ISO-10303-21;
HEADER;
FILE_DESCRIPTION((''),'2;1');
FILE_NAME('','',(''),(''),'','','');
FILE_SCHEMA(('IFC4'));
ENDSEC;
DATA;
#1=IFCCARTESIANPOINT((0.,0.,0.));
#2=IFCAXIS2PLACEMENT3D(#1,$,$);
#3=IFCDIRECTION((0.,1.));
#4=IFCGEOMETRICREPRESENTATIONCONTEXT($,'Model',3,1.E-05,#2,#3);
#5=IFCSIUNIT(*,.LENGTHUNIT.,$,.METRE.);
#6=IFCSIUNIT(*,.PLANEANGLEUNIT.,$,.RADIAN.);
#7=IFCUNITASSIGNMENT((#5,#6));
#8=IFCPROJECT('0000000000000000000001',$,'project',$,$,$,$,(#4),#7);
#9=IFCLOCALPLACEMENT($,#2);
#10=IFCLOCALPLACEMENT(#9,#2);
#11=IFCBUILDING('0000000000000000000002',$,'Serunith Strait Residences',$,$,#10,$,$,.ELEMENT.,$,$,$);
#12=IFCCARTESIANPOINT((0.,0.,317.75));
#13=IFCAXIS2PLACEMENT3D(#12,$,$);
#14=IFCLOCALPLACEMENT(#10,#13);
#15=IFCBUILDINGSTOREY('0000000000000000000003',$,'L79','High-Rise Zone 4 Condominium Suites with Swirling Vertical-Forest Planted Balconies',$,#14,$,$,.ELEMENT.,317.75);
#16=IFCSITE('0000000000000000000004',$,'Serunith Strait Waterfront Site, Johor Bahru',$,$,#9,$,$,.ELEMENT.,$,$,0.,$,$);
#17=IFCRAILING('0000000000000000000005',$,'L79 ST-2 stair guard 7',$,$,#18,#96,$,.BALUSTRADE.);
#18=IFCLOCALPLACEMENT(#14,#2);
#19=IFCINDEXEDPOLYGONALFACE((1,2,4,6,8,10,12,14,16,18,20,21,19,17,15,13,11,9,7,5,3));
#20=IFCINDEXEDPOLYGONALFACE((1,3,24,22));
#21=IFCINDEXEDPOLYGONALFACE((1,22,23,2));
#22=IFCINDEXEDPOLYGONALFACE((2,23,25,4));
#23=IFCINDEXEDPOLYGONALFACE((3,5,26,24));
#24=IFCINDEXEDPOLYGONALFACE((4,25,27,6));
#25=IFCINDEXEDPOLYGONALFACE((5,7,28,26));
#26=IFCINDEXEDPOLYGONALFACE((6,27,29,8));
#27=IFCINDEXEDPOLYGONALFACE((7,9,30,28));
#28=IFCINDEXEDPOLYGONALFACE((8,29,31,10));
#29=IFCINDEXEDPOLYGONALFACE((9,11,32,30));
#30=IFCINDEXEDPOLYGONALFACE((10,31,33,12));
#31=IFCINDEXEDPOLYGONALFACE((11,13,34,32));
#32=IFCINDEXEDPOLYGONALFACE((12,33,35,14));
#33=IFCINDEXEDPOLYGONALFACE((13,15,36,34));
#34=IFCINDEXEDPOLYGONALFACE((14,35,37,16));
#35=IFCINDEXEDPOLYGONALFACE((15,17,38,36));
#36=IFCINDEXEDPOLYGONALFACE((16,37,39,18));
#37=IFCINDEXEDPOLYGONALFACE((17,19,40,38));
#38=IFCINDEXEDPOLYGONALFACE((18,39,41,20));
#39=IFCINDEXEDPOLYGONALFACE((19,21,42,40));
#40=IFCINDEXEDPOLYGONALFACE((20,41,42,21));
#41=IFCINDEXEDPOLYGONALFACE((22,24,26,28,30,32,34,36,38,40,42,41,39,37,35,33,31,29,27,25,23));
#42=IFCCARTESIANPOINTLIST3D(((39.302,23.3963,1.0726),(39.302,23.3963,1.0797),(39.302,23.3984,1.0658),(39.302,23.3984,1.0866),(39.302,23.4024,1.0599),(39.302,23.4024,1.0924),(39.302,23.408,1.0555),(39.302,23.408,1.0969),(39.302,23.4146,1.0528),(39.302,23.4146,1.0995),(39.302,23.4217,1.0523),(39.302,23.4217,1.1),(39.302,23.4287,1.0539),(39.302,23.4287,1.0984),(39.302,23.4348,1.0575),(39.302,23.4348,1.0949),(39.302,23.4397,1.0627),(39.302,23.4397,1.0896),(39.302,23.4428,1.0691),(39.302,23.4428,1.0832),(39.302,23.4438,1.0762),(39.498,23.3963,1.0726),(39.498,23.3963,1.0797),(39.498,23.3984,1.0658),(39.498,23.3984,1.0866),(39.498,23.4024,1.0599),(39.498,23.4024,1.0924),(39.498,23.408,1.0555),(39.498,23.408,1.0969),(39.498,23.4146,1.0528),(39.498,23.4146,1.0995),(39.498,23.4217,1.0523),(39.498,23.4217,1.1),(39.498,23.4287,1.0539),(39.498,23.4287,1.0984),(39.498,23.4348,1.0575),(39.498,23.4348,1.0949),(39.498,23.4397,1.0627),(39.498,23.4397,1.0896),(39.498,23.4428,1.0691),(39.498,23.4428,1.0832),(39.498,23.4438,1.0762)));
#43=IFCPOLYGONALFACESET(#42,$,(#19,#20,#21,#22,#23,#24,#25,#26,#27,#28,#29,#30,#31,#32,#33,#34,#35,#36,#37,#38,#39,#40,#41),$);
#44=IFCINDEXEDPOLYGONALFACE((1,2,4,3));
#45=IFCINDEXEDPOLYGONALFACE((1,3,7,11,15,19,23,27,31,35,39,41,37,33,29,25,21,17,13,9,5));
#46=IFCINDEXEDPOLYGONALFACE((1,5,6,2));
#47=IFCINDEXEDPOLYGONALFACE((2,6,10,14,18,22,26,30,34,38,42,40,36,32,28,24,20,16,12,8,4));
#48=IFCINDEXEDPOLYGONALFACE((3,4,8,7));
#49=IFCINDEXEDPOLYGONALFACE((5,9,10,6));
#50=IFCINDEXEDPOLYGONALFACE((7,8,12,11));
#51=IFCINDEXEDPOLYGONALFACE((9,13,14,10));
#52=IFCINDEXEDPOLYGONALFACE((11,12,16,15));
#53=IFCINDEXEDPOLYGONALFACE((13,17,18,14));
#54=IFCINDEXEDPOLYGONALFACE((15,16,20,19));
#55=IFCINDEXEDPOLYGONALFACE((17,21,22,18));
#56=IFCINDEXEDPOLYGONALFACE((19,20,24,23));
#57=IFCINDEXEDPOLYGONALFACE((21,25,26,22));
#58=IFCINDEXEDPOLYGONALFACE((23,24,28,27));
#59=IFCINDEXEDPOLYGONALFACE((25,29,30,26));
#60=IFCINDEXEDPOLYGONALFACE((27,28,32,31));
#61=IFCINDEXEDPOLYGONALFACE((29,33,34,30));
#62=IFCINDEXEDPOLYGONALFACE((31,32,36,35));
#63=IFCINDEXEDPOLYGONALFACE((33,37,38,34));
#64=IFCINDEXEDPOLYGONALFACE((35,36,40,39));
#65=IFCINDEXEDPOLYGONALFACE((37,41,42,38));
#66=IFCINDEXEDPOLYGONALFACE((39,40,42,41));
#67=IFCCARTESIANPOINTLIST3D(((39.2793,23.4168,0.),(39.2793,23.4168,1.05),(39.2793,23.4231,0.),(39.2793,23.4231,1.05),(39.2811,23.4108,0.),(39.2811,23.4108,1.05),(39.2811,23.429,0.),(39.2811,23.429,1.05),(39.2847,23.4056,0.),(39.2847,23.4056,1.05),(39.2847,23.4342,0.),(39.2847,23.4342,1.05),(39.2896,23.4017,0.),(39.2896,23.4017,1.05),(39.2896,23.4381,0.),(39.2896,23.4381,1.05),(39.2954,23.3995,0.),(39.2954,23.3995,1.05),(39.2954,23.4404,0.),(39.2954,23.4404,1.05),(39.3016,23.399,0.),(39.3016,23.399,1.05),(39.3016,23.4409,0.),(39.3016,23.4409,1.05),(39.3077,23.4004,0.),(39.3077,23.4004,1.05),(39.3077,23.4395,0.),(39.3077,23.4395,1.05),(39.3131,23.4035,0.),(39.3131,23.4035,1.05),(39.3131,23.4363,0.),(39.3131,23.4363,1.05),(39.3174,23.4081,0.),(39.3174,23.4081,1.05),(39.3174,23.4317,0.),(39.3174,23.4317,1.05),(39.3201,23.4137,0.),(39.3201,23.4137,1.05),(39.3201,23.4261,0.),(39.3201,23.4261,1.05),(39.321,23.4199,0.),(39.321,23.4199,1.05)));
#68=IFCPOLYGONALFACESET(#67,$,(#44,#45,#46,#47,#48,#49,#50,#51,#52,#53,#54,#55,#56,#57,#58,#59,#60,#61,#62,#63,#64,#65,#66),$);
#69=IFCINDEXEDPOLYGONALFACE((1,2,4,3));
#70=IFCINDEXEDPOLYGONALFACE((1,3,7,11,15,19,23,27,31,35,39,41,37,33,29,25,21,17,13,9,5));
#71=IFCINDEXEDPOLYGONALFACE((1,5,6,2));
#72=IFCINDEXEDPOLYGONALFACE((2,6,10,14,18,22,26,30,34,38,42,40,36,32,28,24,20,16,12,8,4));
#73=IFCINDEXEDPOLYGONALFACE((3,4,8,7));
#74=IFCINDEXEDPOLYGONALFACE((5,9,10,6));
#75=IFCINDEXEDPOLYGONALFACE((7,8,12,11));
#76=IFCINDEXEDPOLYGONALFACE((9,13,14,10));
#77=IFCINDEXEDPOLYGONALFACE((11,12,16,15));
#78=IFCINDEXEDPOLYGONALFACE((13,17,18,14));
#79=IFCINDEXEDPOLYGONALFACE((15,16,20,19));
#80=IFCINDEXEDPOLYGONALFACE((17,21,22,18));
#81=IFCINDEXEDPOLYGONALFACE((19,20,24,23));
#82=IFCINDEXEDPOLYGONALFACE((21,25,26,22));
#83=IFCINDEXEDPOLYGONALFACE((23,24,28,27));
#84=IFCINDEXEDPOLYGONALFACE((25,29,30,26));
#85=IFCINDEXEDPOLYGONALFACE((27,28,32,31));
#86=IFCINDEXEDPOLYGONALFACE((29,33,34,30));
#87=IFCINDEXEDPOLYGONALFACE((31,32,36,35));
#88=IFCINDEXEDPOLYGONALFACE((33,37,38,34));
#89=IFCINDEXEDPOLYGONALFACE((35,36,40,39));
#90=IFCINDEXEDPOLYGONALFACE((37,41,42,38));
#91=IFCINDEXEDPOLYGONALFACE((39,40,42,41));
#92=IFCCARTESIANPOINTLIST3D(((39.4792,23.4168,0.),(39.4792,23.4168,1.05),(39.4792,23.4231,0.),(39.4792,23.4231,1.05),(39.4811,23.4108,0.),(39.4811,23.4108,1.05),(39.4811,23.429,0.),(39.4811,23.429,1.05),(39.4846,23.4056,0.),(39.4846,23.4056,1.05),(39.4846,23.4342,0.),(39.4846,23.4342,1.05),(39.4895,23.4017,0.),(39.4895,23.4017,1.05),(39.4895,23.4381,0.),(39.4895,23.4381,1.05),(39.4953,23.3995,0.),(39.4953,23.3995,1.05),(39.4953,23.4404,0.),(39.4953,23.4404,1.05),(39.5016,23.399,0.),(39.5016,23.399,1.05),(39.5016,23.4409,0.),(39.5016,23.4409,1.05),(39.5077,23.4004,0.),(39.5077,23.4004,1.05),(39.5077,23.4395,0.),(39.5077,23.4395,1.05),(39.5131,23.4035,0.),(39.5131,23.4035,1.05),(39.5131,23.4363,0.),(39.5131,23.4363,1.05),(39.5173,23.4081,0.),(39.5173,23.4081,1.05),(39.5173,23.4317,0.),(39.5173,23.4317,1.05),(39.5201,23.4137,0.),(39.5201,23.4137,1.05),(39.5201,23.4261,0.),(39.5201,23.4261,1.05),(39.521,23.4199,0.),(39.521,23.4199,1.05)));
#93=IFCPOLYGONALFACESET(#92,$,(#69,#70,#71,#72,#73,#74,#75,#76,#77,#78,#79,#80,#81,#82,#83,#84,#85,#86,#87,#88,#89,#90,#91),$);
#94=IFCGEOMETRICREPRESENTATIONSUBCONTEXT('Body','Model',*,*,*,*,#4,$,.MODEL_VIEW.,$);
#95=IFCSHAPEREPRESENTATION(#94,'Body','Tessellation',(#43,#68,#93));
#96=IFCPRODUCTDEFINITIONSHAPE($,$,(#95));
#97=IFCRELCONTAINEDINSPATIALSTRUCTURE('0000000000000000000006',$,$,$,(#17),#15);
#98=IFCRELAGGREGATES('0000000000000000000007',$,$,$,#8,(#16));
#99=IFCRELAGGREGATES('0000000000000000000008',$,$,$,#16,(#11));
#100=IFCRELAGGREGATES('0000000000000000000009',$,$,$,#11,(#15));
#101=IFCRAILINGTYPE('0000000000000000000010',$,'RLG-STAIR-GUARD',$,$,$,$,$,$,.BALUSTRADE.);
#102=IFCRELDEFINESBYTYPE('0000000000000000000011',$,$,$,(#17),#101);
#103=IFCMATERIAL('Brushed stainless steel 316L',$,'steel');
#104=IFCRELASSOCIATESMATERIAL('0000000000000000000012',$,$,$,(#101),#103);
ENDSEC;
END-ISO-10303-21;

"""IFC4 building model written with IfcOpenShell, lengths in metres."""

from ifc_helpers import new_model, si_unit, direction, frame, origin, origin_2d, place, context, subcontext, project, spatial, circle, extrude, material, type_object, element, save


model = new_model("IFC4")

# Units and contexts
model_context = context("Model", 3, precision=1e-05, world=origin(), true_north=direction((0.0, 1.0)))
body_context = subcontext(model_context, "Body", "Model", "MODEL_VIEW")
ifc_project = project(units=[si_unit("LENGTHUNIT", "METRE"), si_unit("PLANEANGLEUNIT", "RADIAN")], contexts=[model_context])

# Site, building, storey
site_placement = place(None, origin())
site = spatial("IfcSite", under=ifc_project, at=site_placement, Name="Serunith Strait Waterfront Site, Johor Bahru", CompositionType="ELEMENT", RefElevation=0.0)
building_placement = place(site_placement, origin())
building = spatial("IfcBuilding", under=site, at=building_placement, Name="Serunith Strait Residences", CompositionType="ELEMENT")
storey_placement = place(building_placement, frame((0.0, 0.0, 317.75)))
storey = spatial("IfcBuildingStorey", under=building, at=storey_placement, Name="L79", Description="High-Rise Zone 4 Condominium Suites with Swirling Vertical-Forest Planted Balconies", CompositionType="ELEMENT", Elevation=317.75)

# Railing
ifc_material_1 = material(Name="Brushed stainless steel 316L", Category="steel")
railing_type_1 = type_object("IfcRailingType", Name="RLG-STAIR-GUARD", PredefinedType="BALUSTRADE", material=ifc_material_1)
railing_1_placement = place(storey_placement, frame((39.3, 23.4199, 0.0)))
element("IfcRailing", 1, at=railing_1_placement, inside=storey, type_object=railing_type_1, Name="L79 ST-2 stair guard 7", PredefinedType="BALUSTRADE", context=body_context, shape_type="SweptSolid", body=[
    extrude(circle(Radius=0.0239, at=origin_2d()), frame((0.002, 0.0, 1.0762), z_axis=(1.0, 0.0, 0.0), x_axis=(0.0, 1.0, 0.0)), (0.0, 0.0, 1.0), 0.196),
    extrude(circle(Radius=0.021, at=origin_2d()), origin(), (0.0, 0.0, 1.0), 1.05),
    extrude(circle(Radius=0.021, at=origin_2d()), frame((0.2, 0.0, 0.0)), (0.0, 0.0, 1.0), 1.05),
])

save(model, "model.ifc")
